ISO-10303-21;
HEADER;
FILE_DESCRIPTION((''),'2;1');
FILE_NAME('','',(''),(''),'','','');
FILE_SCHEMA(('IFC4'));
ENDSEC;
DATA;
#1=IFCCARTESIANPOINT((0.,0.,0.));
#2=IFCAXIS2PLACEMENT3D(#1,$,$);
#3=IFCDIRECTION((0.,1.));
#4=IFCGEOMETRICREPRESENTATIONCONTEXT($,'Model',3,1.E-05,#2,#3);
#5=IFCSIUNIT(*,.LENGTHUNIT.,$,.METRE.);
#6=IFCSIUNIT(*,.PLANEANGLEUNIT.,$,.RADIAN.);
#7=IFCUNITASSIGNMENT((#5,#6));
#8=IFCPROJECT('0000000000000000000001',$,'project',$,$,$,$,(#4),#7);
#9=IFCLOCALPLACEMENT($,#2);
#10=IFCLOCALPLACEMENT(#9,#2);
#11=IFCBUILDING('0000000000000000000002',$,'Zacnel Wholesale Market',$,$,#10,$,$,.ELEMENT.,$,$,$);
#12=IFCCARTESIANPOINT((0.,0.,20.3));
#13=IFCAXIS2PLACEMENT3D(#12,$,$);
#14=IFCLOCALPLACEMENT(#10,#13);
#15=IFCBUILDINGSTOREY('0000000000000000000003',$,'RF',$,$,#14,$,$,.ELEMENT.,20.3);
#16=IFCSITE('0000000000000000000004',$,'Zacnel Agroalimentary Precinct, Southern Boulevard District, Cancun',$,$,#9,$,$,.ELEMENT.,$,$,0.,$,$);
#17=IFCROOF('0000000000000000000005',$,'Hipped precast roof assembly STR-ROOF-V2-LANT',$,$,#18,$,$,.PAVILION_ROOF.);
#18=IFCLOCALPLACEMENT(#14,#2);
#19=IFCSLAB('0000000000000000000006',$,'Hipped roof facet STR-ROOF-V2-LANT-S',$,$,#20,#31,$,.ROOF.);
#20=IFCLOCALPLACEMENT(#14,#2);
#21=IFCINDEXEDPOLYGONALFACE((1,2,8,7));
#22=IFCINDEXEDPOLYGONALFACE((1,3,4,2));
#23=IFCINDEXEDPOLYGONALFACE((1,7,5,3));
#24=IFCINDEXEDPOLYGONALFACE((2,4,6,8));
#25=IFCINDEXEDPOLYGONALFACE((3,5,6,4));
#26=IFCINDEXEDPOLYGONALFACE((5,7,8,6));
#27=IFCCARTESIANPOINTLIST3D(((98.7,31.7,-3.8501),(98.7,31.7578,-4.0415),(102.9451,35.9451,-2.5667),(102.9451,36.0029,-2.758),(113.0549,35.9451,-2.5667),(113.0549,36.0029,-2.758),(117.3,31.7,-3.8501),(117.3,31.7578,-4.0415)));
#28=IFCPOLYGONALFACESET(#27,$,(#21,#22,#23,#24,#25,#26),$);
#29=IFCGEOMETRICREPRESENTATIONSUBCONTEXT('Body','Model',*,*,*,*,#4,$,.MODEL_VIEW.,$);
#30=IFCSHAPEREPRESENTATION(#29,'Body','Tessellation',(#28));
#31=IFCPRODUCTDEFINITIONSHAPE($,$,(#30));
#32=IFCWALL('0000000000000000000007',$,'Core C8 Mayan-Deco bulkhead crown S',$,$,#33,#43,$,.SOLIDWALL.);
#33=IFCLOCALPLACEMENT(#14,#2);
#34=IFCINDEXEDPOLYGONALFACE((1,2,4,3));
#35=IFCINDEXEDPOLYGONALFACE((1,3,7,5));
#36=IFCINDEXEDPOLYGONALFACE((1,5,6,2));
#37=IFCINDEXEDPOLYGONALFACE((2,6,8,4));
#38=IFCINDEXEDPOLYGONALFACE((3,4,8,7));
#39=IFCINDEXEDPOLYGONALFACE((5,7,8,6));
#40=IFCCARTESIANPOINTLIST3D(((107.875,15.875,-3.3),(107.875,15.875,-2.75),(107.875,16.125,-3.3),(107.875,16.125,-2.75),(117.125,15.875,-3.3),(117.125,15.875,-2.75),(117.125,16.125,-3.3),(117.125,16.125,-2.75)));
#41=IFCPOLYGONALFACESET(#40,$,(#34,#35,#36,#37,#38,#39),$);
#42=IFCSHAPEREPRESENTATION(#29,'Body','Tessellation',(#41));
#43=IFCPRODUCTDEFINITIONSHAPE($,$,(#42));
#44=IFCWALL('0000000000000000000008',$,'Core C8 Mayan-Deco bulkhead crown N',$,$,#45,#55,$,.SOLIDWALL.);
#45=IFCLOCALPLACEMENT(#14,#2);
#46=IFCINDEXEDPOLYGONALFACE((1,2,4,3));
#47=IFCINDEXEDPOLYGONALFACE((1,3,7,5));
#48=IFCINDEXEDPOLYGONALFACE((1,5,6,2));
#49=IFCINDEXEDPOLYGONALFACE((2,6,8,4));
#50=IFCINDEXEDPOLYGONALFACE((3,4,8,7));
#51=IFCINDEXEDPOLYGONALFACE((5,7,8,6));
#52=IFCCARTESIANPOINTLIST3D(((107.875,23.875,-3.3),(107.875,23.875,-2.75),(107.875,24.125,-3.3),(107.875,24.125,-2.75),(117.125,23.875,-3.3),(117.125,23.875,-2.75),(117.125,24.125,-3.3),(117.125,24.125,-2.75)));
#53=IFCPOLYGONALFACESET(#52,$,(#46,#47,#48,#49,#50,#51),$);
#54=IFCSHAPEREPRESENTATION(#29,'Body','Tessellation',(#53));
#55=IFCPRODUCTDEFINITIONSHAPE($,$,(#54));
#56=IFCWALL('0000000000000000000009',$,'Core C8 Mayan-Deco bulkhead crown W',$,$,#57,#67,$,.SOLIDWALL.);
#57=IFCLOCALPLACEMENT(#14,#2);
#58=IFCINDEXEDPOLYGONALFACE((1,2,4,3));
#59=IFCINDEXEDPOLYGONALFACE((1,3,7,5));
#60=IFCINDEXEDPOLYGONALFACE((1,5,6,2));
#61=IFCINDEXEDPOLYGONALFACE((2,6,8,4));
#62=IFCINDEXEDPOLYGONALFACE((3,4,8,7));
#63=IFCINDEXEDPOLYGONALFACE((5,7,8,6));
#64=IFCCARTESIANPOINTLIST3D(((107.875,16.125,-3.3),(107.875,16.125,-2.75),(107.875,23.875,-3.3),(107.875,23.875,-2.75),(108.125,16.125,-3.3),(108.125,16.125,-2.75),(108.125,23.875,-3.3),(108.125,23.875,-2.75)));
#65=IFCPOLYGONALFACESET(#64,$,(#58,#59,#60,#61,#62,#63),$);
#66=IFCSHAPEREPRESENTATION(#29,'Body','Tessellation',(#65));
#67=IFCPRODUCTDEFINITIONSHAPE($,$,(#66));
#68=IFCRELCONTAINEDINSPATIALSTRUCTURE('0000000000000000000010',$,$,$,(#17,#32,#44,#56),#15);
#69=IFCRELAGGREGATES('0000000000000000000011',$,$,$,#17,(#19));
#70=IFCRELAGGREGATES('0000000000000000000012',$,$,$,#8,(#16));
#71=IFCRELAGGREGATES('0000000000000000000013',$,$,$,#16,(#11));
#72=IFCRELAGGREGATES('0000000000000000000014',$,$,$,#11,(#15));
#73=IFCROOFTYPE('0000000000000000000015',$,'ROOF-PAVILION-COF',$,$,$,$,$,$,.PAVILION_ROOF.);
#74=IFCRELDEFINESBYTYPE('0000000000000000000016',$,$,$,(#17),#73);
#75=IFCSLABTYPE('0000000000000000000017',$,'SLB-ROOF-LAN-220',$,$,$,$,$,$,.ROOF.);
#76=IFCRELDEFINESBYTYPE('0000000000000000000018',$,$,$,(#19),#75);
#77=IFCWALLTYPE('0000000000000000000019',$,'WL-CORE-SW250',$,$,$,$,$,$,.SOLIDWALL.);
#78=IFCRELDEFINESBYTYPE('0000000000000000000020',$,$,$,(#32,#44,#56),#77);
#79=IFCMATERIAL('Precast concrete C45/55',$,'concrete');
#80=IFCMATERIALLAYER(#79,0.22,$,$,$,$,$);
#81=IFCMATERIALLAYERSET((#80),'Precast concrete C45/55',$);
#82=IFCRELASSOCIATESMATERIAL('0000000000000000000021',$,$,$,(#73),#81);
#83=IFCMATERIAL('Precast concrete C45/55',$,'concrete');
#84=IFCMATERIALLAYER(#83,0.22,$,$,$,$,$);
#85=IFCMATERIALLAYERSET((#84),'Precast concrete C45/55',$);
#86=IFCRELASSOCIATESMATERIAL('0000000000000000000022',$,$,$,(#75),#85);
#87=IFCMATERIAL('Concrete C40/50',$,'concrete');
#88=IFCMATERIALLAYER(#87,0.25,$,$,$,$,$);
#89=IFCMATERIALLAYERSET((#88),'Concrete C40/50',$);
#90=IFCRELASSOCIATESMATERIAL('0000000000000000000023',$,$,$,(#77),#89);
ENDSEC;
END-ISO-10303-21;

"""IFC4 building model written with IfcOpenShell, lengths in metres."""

from ifc_helpers import new_model, si_unit, direction, frame, frame_2d, origin, place, context, subcontext, project, spatial, polyline, rectangle, outline, extrude, material, layer, layer_set, type_object, element, aggregate, save


model = new_model("IFC4")

# Units and contexts
model_context = context("Model", 3, precision=1e-05, world=origin(), true_north=direction((0.0, 1.0)))
body_context = subcontext(model_context, "Body", "Model", "MODEL_VIEW")
ifc_project = project(units=[si_unit("LENGTHUNIT", "METRE"), si_unit("PLANEANGLEUNIT", "RADIAN")], contexts=[model_context])

# Site, building, storey
site_placement = place(None, origin())
site = spatial("IfcSite", under=ifc_project, at=site_placement, Name="Zacnel Agroalimentary Precinct, Southern Boulevard District, Cancun", CompositionType="ELEMENT", RefElevation=0.0)
building_placement = place(site_placement, origin())
building = spatial("IfcBuilding", under=site, at=building_placement, Name="Zacnel Wholesale Market", CompositionType="ELEMENT")
storey_placement = place(building_placement, frame((0.0, 0.0, 20.3)))
storey = spatial("IfcBuildingStorey", under=building, at=storey_placement, Name="RF", CompositionType="ELEMENT", Elevation=20.3)

# Shared definitions
ifc_material_1 = material(Name="Precast concrete C45/55", Category="concrete")
ifc_layer_1 = layer(ifc_material_1, 0.22)
ifc_layer_set_1 = layer_set([ifc_layer_1], Name="Precast concrete C45/55")
roof_type = type_object("IfcRoofType", Name="ROOF-PAVILION-COF", PredefinedType="PAVILION_ROOF", material=ifc_layer_set_1)

# Roof, slab
roof_1_placement = place(storey_placement, origin())
roof_1 = element("IfcRoof", 1, at=roof_1_placement, inside=storey, type_object=roof_type, Name="Hipped precast roof assembly STR-ROOF-V2-LANT", PredefinedType="PAVILION_ROOF")
ifc_material_2 = material(Name="Precast concrete C45/55", Category="concrete")
ifc_layer_2 = layer(ifc_material_2, 0.22)
ifc_layer_set_2 = layer_set([ifc_layer_2], Name="Precast concrete C45/55")
slab_type_1 = type_object("IfcSlabType", Name="SLB-ROOF-LAN-220", PredefinedType="ROOF", material=ifc_layer_set_2)
slab_1_placement = place(storey_placement, frame((98.7, 31.7, -3.8501), z_axis=(0.0, -0.289398, 0.957209), x_axis=(1.0, 0.0, 0.0)))
slab_1 = element("IfcSlab", 2, at=slab_1_placement, type_object=slab_type_1, Name="Hipped roof facet STR-ROOF-V2-LANT-S", PredefinedType="ROOF", context=body_context, shape_type="SweptSolid", body=[
    extrude(outline(polyline([(0.0, 0.0), (18.6001, 0.0), (14.355, 4.4349), (4.2451, 4.4349), (0.0, 0.0)])), origin(), (0.0, 0.0, -1.0), 0.2),
])
aggregate(roof_1, [slab_1])

# Walls
ifc_material_3 = material(Name="Concrete C40/50", Category="concrete")
ifc_layer_3 = layer(ifc_material_3, 0.25)
ifc_layer_set_3 = layer_set([ifc_layer_3], Name="Concrete C40/50")
wall_type = type_object("IfcWallType", Name="WL-CORE-SW250", PredefinedType="SOLIDWALL", material=ifc_layer_set_3)
for number, where, z_axis, x_axis, name in (
    (3, (107.875, 16.0, -3.3), (0.0, 0.0, 1.0), (1.0, 0.0, 0.0), "Core C8 Mayan-Deco bulkhead crown S"),
    (4, (107.875, 24.0, -3.3), (0.0, 0.0, 1.0), (1.0, 0.0, 0.0), "Core C8 Mayan-Deco bulkhead crown N"),
):
    element("IfcWall", number, at=place(storey_placement, frame(where, z_axis=z_axis, x_axis=x_axis)), inside=storey, type_object=wall_type, Name=name, PredefinedType="SOLIDWALL", context=body_context, shape_type="SweptSolid", body=[
        extrude(rectangle(XDim=9.25, YDim=0.25, at=frame_2d((4.625, 0.0))), origin(), (0.0, 0.0, 1.0), 0.55),
    ])
wall_placement = place(storey_placement, frame((108.0, 16.125, -3.3), z_axis=(0.0, 0.0, 1.0), x_axis=(0.0, 1.0, 0.0)))
element("IfcWall", 5, at=wall_placement, inside=storey, type_object=wall_type, Name="Core C8 Mayan-Deco bulkhead crown W", PredefinedType="SOLIDWALL", context=body_context, shape_type="SweptSolid", body=[
    extrude(rectangle(XDim=7.75, YDim=0.25, at=frame_2d((3.875, 0.0))), origin(), (0.0, 0.0, 1.0), 0.55),
])

save(model, "model.ifc")
